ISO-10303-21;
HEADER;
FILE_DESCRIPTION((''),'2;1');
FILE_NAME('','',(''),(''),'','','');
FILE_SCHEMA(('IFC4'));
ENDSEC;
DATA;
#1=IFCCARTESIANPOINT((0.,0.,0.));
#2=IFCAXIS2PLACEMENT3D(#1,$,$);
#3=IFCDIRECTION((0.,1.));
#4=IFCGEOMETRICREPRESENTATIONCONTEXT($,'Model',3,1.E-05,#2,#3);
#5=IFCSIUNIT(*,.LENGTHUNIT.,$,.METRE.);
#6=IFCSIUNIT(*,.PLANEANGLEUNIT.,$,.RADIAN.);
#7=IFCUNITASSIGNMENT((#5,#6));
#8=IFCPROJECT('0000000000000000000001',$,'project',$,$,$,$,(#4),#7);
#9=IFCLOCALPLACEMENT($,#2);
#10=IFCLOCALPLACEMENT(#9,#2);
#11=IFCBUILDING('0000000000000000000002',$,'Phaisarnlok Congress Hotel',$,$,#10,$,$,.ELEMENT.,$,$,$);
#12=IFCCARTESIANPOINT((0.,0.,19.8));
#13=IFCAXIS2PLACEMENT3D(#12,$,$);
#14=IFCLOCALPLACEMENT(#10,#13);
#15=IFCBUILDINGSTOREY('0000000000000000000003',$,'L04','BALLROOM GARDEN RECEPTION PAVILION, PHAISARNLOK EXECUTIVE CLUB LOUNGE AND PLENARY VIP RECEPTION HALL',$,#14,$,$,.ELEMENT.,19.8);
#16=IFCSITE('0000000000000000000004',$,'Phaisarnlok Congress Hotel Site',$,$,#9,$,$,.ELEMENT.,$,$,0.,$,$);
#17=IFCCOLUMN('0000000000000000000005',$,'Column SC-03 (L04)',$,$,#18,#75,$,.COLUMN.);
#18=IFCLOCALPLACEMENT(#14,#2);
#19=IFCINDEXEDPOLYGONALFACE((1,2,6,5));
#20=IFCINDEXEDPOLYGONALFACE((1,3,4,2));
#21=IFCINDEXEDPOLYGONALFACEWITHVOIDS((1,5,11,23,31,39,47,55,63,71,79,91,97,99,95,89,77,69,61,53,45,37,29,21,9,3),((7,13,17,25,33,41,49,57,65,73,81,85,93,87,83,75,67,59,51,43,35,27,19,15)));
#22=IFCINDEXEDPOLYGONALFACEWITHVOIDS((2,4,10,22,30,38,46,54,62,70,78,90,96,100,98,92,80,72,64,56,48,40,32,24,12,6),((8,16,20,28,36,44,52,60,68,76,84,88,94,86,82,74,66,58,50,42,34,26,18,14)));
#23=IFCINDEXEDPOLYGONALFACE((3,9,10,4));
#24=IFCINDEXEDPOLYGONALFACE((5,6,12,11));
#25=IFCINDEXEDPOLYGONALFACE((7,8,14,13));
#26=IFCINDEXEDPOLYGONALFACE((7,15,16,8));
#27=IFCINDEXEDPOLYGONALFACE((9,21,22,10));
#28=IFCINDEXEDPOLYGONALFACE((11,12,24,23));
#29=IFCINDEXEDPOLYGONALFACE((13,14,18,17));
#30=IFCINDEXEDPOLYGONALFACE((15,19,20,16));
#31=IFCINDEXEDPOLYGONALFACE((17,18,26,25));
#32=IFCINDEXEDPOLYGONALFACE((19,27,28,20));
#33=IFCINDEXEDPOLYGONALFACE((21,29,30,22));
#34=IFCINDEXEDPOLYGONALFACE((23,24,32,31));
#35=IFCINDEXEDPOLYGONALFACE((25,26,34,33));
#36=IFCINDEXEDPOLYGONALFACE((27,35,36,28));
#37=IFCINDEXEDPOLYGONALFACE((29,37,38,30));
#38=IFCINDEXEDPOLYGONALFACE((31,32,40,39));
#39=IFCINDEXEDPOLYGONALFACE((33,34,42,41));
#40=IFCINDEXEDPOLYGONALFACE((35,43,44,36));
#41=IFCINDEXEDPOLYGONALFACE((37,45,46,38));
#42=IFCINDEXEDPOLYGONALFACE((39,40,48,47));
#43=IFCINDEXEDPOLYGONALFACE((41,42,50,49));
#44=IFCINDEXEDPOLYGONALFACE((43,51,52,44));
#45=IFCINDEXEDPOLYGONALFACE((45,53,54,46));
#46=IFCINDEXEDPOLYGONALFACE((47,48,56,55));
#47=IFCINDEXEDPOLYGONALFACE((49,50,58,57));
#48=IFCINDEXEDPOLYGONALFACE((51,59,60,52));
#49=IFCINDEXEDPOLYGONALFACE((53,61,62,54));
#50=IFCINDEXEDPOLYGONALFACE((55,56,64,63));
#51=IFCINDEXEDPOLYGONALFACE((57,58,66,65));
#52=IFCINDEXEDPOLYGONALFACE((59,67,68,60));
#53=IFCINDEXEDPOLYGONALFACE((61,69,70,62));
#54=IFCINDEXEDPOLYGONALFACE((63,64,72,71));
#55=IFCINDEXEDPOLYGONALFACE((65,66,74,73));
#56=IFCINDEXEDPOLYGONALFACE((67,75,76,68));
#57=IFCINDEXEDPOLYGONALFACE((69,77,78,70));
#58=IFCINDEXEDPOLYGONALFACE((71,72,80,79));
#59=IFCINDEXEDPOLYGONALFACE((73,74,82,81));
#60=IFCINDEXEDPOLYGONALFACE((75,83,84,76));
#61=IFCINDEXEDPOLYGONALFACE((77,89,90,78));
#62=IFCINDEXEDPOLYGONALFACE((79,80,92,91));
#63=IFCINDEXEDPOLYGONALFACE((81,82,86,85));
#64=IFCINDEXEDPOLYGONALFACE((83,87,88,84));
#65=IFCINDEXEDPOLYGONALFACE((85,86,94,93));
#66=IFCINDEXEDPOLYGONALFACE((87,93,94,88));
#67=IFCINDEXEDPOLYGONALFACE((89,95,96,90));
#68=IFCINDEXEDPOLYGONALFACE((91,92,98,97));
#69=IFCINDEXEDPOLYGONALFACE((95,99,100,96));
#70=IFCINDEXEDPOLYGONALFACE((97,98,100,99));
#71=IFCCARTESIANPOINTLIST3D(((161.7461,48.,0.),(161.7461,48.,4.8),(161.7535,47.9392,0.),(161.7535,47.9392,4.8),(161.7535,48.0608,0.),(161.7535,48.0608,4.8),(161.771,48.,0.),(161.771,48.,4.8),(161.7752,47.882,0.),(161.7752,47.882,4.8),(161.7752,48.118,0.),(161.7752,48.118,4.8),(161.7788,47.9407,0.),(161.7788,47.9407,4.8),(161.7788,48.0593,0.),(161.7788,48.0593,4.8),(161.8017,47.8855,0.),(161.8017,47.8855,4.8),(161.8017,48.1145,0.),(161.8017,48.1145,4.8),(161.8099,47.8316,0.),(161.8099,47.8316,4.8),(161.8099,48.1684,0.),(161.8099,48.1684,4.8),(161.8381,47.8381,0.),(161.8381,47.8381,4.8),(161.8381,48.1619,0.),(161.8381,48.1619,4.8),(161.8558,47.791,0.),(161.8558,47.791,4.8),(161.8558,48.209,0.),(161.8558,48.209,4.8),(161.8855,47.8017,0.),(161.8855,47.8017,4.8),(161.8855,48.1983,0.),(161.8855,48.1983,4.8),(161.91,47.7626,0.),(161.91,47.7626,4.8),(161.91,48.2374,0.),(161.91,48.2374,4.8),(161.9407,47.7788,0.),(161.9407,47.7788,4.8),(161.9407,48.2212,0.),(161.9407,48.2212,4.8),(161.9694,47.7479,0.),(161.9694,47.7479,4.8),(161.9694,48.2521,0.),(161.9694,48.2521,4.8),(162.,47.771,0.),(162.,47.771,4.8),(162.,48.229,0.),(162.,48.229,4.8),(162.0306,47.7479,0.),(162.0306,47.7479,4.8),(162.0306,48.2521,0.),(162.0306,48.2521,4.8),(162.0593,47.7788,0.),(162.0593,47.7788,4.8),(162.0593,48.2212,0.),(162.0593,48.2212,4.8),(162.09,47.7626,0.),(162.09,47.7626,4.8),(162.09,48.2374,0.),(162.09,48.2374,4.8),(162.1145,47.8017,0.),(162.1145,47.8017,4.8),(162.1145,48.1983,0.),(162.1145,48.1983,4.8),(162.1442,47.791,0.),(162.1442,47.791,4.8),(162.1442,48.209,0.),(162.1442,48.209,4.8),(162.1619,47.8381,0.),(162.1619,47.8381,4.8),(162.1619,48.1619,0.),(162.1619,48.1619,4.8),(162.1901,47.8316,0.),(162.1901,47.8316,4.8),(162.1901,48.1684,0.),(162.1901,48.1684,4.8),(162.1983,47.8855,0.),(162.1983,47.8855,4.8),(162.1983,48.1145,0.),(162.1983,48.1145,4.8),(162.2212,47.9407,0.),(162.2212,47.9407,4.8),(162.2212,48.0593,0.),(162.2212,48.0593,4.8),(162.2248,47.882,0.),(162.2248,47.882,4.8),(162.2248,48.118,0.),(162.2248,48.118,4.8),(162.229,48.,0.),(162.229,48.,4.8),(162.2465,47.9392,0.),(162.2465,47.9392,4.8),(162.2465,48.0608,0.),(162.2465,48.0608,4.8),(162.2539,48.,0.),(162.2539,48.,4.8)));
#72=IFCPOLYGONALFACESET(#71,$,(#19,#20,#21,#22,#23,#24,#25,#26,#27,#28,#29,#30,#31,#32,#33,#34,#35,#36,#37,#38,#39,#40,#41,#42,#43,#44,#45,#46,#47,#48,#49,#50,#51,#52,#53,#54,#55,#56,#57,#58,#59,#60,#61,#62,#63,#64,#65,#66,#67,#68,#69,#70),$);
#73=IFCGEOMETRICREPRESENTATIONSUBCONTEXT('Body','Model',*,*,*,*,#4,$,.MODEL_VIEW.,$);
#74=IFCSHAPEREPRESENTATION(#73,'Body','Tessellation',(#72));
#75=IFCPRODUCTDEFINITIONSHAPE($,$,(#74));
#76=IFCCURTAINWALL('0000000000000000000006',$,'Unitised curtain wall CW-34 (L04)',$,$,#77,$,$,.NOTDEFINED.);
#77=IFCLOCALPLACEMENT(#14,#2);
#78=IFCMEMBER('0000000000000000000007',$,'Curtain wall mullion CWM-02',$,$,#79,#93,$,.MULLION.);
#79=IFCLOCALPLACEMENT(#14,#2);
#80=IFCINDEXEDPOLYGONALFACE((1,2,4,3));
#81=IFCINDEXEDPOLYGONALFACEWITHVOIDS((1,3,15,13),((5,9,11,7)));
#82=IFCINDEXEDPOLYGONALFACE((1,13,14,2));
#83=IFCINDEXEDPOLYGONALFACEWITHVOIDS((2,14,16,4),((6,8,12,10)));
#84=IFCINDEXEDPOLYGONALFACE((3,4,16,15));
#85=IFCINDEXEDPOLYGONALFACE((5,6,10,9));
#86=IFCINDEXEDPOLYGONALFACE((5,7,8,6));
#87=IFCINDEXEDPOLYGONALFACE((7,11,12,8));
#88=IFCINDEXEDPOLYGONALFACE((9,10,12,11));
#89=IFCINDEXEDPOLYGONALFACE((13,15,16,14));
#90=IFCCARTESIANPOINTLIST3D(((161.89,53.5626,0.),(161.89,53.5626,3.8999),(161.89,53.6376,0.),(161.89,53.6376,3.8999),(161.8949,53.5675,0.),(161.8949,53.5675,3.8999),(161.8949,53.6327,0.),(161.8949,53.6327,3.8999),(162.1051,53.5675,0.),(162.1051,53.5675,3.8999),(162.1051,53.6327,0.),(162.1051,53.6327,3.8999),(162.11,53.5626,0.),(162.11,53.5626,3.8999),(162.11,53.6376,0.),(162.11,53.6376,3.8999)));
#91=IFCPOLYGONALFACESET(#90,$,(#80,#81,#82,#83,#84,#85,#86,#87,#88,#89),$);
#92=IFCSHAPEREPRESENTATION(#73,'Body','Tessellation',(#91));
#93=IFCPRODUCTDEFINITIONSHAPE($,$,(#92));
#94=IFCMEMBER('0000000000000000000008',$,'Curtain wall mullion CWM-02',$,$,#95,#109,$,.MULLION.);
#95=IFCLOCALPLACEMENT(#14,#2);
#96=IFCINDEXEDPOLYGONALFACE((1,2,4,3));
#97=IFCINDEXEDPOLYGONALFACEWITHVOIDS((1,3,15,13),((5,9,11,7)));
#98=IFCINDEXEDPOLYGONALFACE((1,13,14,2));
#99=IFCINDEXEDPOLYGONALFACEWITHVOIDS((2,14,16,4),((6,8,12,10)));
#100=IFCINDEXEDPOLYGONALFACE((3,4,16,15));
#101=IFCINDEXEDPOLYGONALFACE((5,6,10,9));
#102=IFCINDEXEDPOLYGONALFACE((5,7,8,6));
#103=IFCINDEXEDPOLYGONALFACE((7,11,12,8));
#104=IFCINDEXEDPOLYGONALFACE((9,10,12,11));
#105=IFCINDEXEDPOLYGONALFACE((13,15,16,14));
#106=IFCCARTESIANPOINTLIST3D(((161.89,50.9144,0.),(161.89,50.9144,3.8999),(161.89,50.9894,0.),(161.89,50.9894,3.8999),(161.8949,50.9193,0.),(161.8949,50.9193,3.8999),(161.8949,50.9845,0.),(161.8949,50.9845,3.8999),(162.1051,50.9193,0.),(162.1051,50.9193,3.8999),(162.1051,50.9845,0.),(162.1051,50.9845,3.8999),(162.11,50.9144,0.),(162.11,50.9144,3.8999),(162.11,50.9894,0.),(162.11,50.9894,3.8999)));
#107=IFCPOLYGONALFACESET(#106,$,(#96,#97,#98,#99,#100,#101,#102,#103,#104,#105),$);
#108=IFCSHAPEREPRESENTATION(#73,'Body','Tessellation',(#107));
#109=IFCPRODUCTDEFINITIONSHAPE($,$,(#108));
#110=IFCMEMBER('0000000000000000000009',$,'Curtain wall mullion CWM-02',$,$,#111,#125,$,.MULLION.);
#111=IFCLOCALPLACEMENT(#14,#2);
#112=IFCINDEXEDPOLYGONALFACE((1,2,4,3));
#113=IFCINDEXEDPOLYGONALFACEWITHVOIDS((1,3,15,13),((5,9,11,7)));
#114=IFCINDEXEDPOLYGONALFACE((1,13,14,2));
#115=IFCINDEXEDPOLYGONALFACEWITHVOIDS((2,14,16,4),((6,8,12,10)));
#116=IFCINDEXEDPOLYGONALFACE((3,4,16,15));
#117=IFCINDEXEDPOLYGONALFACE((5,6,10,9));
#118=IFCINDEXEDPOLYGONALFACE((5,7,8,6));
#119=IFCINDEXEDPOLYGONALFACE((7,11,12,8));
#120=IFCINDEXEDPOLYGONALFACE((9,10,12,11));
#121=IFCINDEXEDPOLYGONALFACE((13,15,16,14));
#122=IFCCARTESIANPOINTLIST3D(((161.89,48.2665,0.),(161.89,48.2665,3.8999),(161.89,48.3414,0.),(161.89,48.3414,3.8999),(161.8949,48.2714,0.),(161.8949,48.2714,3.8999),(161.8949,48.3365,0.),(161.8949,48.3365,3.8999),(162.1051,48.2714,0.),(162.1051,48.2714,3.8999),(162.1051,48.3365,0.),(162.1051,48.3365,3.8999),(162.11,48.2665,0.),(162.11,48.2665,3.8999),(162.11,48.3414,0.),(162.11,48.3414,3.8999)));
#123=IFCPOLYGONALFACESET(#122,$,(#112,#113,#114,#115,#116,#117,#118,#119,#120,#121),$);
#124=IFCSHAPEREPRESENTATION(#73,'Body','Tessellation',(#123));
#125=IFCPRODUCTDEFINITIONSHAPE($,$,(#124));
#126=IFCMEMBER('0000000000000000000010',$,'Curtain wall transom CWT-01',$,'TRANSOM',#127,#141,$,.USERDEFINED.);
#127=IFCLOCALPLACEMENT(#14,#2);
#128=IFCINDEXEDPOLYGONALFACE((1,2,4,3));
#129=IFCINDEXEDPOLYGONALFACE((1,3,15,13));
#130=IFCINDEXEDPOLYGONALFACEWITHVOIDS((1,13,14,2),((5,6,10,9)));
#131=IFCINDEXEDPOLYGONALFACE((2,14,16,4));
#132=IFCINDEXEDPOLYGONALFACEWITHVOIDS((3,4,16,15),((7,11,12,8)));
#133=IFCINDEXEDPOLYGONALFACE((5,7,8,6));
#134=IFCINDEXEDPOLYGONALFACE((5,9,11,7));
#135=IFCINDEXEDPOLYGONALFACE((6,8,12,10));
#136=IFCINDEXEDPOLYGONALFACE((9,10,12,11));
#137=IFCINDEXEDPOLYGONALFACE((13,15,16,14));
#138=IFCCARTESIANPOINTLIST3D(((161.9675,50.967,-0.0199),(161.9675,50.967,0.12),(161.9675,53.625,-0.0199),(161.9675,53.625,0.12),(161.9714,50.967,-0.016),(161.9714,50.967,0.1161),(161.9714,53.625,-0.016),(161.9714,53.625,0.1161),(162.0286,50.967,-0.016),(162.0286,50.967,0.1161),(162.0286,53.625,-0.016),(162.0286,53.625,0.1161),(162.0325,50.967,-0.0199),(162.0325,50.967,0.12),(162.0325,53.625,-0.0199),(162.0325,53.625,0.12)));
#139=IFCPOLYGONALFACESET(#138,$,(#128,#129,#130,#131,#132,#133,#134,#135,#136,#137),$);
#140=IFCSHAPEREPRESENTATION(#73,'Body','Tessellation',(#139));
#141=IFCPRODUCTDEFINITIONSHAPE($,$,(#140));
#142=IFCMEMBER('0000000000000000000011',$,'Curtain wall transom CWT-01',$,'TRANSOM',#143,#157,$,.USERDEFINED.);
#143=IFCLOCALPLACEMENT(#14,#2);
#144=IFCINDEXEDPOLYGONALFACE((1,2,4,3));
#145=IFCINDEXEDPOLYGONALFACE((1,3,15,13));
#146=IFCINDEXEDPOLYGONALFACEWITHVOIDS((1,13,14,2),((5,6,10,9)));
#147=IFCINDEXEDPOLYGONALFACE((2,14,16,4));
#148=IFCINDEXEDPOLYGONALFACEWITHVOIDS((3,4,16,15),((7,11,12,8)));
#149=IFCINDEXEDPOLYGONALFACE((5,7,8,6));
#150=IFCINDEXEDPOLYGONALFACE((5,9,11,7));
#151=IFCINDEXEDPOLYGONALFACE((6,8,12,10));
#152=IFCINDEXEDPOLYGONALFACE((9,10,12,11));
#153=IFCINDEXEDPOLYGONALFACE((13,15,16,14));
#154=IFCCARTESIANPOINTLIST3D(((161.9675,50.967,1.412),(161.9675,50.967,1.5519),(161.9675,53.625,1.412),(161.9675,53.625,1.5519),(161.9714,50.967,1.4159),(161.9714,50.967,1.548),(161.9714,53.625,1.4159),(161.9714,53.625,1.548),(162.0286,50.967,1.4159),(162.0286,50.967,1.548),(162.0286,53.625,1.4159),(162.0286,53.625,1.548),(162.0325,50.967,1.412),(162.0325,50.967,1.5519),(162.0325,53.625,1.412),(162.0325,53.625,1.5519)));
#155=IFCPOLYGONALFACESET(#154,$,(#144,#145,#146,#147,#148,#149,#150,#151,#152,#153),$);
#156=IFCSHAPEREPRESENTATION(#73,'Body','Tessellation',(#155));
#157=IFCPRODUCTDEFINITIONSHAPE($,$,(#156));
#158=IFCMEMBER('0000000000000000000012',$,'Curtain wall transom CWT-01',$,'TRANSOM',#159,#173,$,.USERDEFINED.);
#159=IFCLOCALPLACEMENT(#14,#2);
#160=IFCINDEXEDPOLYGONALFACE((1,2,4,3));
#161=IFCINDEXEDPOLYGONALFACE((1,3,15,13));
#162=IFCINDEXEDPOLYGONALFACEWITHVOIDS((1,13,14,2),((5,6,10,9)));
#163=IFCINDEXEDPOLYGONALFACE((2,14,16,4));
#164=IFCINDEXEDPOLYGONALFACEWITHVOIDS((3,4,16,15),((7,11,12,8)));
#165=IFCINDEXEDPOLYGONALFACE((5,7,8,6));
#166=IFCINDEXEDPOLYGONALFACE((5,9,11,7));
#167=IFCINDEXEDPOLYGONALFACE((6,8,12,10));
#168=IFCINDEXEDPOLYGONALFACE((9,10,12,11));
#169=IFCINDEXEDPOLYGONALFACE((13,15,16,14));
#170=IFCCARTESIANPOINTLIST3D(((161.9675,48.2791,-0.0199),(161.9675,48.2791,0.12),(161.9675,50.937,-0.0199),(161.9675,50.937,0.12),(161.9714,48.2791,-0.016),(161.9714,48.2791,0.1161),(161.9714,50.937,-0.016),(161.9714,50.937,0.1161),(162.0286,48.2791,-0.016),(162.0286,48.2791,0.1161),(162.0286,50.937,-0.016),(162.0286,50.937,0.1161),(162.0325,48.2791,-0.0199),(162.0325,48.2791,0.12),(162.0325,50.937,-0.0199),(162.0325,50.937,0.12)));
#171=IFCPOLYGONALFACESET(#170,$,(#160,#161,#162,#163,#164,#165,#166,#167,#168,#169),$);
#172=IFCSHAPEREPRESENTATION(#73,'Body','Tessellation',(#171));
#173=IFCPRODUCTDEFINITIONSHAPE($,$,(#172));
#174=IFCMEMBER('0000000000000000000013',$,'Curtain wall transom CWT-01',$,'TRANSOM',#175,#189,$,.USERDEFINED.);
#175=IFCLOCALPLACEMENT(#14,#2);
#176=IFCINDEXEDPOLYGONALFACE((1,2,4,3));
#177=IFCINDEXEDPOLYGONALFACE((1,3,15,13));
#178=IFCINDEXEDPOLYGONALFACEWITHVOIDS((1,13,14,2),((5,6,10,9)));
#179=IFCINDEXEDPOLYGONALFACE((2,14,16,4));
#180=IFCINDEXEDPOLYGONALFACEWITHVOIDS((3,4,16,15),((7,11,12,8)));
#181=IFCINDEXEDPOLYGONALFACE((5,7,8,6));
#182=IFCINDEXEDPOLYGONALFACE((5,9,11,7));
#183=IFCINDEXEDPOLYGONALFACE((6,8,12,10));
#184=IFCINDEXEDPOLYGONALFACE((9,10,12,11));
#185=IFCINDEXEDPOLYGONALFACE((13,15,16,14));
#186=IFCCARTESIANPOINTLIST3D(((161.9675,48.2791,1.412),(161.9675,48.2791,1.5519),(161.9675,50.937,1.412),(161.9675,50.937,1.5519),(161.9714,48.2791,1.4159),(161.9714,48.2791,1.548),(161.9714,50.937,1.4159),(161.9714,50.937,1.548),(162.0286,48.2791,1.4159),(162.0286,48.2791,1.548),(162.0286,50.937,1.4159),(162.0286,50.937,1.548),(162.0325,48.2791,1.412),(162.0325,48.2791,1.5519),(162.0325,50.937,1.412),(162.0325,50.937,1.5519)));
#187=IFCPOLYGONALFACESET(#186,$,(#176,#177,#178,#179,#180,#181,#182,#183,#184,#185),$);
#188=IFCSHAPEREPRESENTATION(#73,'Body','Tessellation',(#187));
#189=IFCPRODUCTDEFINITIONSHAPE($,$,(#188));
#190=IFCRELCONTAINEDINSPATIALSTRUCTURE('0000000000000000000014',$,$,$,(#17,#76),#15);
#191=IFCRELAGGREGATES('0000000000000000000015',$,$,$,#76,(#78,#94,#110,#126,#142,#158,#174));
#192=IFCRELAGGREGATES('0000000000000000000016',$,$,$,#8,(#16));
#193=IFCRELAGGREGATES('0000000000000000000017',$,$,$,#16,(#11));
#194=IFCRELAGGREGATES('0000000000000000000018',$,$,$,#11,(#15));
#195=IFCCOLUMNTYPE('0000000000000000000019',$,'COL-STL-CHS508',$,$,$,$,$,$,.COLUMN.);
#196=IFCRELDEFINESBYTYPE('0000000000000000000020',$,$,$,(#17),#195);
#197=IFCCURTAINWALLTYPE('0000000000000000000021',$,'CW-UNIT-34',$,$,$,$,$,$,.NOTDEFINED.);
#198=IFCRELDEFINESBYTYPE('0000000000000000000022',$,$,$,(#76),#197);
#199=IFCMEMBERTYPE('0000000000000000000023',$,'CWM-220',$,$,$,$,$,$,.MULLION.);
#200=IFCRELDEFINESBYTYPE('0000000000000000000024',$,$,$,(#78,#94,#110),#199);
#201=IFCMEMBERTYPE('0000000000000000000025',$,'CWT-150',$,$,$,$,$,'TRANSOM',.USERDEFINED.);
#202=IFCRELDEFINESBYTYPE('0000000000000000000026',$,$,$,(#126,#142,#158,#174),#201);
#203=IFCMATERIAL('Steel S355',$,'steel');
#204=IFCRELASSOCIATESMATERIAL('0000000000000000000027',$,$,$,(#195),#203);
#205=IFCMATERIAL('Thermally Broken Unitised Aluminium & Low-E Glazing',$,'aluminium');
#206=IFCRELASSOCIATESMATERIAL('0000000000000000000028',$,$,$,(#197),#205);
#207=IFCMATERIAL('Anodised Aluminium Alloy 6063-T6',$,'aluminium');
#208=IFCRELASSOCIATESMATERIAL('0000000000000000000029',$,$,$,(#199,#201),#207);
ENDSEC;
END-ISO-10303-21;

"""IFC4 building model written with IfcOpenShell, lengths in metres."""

from ifc_helpers import new_model, si_unit, direction, frame, origin, origin_2d, place, context, subcontext, project, spatial, hollow_rectangle, hollow_circle, extrude, material, material_profile, profile_set, type_object, element, aggregate, save


model = new_model("IFC4")

# Units and contexts
model_context = context("Model", 3, precision=1e-05, world=origin(), true_north=direction((0.0, 1.0)))
body_context = subcontext(model_context, "Body", "Model", "MODEL_VIEW")
ifc_project = project(units=[si_unit("LENGTHUNIT", "METRE"), si_unit("PLANEANGLEUNIT", "RADIAN")], contexts=[model_context])

# Site, building, storey
site_placement = place(None, origin())
site = spatial("IfcSite", under=ifc_project, at=site_placement, Name="Phaisarnlok Congress Hotel Site", CompositionType="ELEMENT", RefElevation=0.0)
building_placement = place(site_placement, origin())
building = spatial("IfcBuilding", under=site, at=building_placement, Name="Phaisarnlok Congress Hotel", CompositionType="ELEMENT")
storey_placement = place(building_placement, frame((0.0, 0.0, 19.8)))
storey = spatial("IfcBuildingStorey", under=building, at=storey_placement, Name="L04", Description="BALLROOM GARDEN RECEPTION PAVILION, PHAISARNLOK EXECUTIVE CLUB LOUNGE AND PLENARY VIP RECEPTION HALL", CompositionType="ELEMENT", Elevation=19.8)

# Column
ifc_material_1 = material(Name="Steel S355", Category="steel")
ifc_material_profile_1 = material_profile(ifc_material_1, hollow_circle(Radius=0.2539, WallThickness=0.0249, at=origin_2d()), Name="CHS 508x25")
ifc_profile_set_1 = profile_set([ifc_material_profile_1], Name="Steel S355")
column_type = type_object("IfcColumnType", Name="COL-STL-CHS508", PredefinedType="COLUMN", material=ifc_profile_set_1)
column_placement = place(storey_placement, frame((162.0, 48.0, 0.0), z_axis=(0.0, 0.0, 1.0), x_axis=(1.0, 0.0, 0.0)))
element("IfcColumn", 1, at=column_placement, inside=storey, type_object=column_type, Name="Column SC-03 (L04)", PredefinedType="COLUMN", context=body_context, shape_type="SweptSolid", body=[
    extrude(hollow_circle(Radius=0.2539, WallThickness=0.0249, at=origin_2d()), origin(), (0.0, 0.0, 1.0), 4.8),
])

# Curtain wall, members
ifc_material_2 = material(Name="Thermally Broken Unitised Aluminium & Low-E Glazing", Category="aluminium")
curtain_wall_type = type_object("IfcCurtainWallType", Name="CW-UNIT-34", PredefinedType="NOTDEFINED", material=ifc_material_2)
curtain_wall_placement = place(storey_placement, origin())
curtain_wall = element("IfcCurtainWall", 2, at=curtain_wall_placement, inside=storey, type_object=curtain_wall_type, Name="Unitised curtain wall CW-34 (L04)", PredefinedType="NOTDEFINED")
ifc_material_3 = material(Name="Anodised Aluminium Alloy 6063-T6", Category="aluminium")
ifc_material_profile_2 = material_profile(ifc_material_3, hollow_rectangle(XDim=0.075, YDim=0.22, WallThickness=0.0049, at=origin_2d()), Name="ALU-M 75x220x5")
ifc_profile_set_2 = profile_set([ifc_material_profile_2], Name="Anodised Aluminium Alloy 6063-T6")
member_type_1 = type_object("IfcMemberType", Name="CWM-220", PredefinedType="MULLION", material=ifc_profile_set_2)
member_1_placement = place(storey_placement, frame((162.0, 53.6001, 0.0), z_axis=(0.0, 0.0, 1.0), x_axis=(0.0, -1.0, 0.0)))
member_1 = element("IfcMember", 3, at=member_1_placement, type_object=member_type_1, Name="Curtain wall mullion CWM-02", PredefinedType="MULLION", context=body_context, shape_type="SweptSolid", body=[
    extrude(hollow_rectangle(XDim=0.075, YDim=0.22, WallThickness=0.0049, at=origin_2d()), origin(), (0.0, 0.0, 1.0), 3.8999),
])
member_2_placement = place(storey_placement, frame((162.0, 50.9519, 0.0), z_axis=(0.0, 0.0, 1.0), x_axis=(0.0, -1.0, 0.0)))
member_2 = element("IfcMember", 4, at=member_2_placement, type_object=member_type_1, Name="Curtain wall mullion CWM-02", PredefinedType="MULLION", context=body_context, shape_type="SweptSolid", body=[
    extrude(hollow_rectangle(XDim=0.075, YDim=0.22, WallThickness=0.0049, at=origin_2d()), origin(), (0.0, 0.0, 1.0), 3.8999),
])
member_3_placement = place(storey_placement, frame((162.0, 48.304, 0.0), z_axis=(0.0, 0.0, 1.0), x_axis=(0.0, -1.0, 0.0)))
member_3 = element("IfcMember", 5, at=member_3_placement, type_object=member_type_1, Name="Curtain wall mullion CWM-02", PredefinedType="MULLION", context=body_context, shape_type="SweptSolid", body=[
    extrude(hollow_rectangle(XDim=0.075, YDim=0.22, WallThickness=0.0049, at=origin_2d()), origin(), (0.0, 0.0, 1.0), 3.8999),
])
ifc_material_profile_3 = material_profile(ifc_material_3, hollow_rectangle(XDim=0.0649, YDim=0.1399, WallThickness=0.0039, at=origin_2d()), Name="ALU-T 65x140x4")
ifc_profile_set_3 = profile_set([ifc_material_profile_3], Name="Anodised Aluminium Alloy 6063-T6")
member_type_2 = type_object("IfcMemberType", Name="CWT-150", ElementType="TRANSOM", PredefinedType="USERDEFINED", material=ifc_profile_set_3)
member_4_placement = place(storey_placement, frame((162.0, 53.625, 0.05), z_axis=(0.0, -1.0, 0.0), x_axis=(1.0, 0.0, 0.0)))
member_4 = element("IfcMember", 6, at=member_4_placement, type_object=member_type_2, Name="Curtain wall transom CWT-01", ObjectType="TRANSOM", PredefinedType="USERDEFINED", context=body_context, shape_type="SweptSolid", body=[
    extrude(hollow_rectangle(XDim=0.0649, YDim=0.1399, WallThickness=0.0039, at=origin_2d()), origin(), (0.0, 0.0, 1.0), 2.658),
])
member_5_placement = place(storey_placement, frame((162.0, 53.625, 1.4819), z_axis=(0.0, -1.0, 0.0), x_axis=(1.0, 0.0, 0.0)))
member_5 = element("IfcMember", 7, at=member_5_placement, type_object=member_type_2, Name="Curtain wall transom CWT-01", ObjectType="TRANSOM", PredefinedType="USERDEFINED", context=body_context, shape_type="SweptSolid", body=[
    extrude(hollow_rectangle(XDim=0.0649, YDim=0.1399, WallThickness=0.0039, at=origin_2d()), origin(), (0.0, 0.0, 1.0), 2.658),
])
member_6_placement = place(storey_placement, frame((162.0, 50.937, 0.05), z_axis=(0.0, -1.0, 0.0), x_axis=(1.0, 0.0, 0.0)))
member_6 = element("IfcMember", 8, at=member_6_placement, type_object=member_type_2, Name="Curtain wall transom CWT-01", ObjectType="TRANSOM", PredefinedType="USERDEFINED", context=body_context, shape_type="SweptSolid", body=[
    extrude(hollow_rectangle(XDim=0.0649, YDim=0.1399, WallThickness=0.0039, at=origin_2d()), origin(), (0.0, 0.0, 1.0), 2.658),
])
member_7_placement = place(storey_placement, frame((162.0, 50.937, 1.4819), z_axis=(0.0, -1.0, 0.0), x_axis=(1.0, 0.0, 0.0)))
member_7 = element("IfcMember", 9, at=member_7_placement, type_object=member_type_2, Name="Curtain wall transom CWT-01", ObjectType="TRANSOM", PredefinedType="USERDEFINED", context=body_context, shape_type="SweptSolid", body=[
    extrude(hollow_rectangle(XDim=0.0649, YDim=0.1399, WallThickness=0.0039, at=origin_2d()), origin(), (0.0, 0.0, 1.0), 2.658),
])

aggregate(curtain_wall, [member_1, member_2, member_3, member_4, member_5, member_6, member_7])

save(model, "model.ifc")
